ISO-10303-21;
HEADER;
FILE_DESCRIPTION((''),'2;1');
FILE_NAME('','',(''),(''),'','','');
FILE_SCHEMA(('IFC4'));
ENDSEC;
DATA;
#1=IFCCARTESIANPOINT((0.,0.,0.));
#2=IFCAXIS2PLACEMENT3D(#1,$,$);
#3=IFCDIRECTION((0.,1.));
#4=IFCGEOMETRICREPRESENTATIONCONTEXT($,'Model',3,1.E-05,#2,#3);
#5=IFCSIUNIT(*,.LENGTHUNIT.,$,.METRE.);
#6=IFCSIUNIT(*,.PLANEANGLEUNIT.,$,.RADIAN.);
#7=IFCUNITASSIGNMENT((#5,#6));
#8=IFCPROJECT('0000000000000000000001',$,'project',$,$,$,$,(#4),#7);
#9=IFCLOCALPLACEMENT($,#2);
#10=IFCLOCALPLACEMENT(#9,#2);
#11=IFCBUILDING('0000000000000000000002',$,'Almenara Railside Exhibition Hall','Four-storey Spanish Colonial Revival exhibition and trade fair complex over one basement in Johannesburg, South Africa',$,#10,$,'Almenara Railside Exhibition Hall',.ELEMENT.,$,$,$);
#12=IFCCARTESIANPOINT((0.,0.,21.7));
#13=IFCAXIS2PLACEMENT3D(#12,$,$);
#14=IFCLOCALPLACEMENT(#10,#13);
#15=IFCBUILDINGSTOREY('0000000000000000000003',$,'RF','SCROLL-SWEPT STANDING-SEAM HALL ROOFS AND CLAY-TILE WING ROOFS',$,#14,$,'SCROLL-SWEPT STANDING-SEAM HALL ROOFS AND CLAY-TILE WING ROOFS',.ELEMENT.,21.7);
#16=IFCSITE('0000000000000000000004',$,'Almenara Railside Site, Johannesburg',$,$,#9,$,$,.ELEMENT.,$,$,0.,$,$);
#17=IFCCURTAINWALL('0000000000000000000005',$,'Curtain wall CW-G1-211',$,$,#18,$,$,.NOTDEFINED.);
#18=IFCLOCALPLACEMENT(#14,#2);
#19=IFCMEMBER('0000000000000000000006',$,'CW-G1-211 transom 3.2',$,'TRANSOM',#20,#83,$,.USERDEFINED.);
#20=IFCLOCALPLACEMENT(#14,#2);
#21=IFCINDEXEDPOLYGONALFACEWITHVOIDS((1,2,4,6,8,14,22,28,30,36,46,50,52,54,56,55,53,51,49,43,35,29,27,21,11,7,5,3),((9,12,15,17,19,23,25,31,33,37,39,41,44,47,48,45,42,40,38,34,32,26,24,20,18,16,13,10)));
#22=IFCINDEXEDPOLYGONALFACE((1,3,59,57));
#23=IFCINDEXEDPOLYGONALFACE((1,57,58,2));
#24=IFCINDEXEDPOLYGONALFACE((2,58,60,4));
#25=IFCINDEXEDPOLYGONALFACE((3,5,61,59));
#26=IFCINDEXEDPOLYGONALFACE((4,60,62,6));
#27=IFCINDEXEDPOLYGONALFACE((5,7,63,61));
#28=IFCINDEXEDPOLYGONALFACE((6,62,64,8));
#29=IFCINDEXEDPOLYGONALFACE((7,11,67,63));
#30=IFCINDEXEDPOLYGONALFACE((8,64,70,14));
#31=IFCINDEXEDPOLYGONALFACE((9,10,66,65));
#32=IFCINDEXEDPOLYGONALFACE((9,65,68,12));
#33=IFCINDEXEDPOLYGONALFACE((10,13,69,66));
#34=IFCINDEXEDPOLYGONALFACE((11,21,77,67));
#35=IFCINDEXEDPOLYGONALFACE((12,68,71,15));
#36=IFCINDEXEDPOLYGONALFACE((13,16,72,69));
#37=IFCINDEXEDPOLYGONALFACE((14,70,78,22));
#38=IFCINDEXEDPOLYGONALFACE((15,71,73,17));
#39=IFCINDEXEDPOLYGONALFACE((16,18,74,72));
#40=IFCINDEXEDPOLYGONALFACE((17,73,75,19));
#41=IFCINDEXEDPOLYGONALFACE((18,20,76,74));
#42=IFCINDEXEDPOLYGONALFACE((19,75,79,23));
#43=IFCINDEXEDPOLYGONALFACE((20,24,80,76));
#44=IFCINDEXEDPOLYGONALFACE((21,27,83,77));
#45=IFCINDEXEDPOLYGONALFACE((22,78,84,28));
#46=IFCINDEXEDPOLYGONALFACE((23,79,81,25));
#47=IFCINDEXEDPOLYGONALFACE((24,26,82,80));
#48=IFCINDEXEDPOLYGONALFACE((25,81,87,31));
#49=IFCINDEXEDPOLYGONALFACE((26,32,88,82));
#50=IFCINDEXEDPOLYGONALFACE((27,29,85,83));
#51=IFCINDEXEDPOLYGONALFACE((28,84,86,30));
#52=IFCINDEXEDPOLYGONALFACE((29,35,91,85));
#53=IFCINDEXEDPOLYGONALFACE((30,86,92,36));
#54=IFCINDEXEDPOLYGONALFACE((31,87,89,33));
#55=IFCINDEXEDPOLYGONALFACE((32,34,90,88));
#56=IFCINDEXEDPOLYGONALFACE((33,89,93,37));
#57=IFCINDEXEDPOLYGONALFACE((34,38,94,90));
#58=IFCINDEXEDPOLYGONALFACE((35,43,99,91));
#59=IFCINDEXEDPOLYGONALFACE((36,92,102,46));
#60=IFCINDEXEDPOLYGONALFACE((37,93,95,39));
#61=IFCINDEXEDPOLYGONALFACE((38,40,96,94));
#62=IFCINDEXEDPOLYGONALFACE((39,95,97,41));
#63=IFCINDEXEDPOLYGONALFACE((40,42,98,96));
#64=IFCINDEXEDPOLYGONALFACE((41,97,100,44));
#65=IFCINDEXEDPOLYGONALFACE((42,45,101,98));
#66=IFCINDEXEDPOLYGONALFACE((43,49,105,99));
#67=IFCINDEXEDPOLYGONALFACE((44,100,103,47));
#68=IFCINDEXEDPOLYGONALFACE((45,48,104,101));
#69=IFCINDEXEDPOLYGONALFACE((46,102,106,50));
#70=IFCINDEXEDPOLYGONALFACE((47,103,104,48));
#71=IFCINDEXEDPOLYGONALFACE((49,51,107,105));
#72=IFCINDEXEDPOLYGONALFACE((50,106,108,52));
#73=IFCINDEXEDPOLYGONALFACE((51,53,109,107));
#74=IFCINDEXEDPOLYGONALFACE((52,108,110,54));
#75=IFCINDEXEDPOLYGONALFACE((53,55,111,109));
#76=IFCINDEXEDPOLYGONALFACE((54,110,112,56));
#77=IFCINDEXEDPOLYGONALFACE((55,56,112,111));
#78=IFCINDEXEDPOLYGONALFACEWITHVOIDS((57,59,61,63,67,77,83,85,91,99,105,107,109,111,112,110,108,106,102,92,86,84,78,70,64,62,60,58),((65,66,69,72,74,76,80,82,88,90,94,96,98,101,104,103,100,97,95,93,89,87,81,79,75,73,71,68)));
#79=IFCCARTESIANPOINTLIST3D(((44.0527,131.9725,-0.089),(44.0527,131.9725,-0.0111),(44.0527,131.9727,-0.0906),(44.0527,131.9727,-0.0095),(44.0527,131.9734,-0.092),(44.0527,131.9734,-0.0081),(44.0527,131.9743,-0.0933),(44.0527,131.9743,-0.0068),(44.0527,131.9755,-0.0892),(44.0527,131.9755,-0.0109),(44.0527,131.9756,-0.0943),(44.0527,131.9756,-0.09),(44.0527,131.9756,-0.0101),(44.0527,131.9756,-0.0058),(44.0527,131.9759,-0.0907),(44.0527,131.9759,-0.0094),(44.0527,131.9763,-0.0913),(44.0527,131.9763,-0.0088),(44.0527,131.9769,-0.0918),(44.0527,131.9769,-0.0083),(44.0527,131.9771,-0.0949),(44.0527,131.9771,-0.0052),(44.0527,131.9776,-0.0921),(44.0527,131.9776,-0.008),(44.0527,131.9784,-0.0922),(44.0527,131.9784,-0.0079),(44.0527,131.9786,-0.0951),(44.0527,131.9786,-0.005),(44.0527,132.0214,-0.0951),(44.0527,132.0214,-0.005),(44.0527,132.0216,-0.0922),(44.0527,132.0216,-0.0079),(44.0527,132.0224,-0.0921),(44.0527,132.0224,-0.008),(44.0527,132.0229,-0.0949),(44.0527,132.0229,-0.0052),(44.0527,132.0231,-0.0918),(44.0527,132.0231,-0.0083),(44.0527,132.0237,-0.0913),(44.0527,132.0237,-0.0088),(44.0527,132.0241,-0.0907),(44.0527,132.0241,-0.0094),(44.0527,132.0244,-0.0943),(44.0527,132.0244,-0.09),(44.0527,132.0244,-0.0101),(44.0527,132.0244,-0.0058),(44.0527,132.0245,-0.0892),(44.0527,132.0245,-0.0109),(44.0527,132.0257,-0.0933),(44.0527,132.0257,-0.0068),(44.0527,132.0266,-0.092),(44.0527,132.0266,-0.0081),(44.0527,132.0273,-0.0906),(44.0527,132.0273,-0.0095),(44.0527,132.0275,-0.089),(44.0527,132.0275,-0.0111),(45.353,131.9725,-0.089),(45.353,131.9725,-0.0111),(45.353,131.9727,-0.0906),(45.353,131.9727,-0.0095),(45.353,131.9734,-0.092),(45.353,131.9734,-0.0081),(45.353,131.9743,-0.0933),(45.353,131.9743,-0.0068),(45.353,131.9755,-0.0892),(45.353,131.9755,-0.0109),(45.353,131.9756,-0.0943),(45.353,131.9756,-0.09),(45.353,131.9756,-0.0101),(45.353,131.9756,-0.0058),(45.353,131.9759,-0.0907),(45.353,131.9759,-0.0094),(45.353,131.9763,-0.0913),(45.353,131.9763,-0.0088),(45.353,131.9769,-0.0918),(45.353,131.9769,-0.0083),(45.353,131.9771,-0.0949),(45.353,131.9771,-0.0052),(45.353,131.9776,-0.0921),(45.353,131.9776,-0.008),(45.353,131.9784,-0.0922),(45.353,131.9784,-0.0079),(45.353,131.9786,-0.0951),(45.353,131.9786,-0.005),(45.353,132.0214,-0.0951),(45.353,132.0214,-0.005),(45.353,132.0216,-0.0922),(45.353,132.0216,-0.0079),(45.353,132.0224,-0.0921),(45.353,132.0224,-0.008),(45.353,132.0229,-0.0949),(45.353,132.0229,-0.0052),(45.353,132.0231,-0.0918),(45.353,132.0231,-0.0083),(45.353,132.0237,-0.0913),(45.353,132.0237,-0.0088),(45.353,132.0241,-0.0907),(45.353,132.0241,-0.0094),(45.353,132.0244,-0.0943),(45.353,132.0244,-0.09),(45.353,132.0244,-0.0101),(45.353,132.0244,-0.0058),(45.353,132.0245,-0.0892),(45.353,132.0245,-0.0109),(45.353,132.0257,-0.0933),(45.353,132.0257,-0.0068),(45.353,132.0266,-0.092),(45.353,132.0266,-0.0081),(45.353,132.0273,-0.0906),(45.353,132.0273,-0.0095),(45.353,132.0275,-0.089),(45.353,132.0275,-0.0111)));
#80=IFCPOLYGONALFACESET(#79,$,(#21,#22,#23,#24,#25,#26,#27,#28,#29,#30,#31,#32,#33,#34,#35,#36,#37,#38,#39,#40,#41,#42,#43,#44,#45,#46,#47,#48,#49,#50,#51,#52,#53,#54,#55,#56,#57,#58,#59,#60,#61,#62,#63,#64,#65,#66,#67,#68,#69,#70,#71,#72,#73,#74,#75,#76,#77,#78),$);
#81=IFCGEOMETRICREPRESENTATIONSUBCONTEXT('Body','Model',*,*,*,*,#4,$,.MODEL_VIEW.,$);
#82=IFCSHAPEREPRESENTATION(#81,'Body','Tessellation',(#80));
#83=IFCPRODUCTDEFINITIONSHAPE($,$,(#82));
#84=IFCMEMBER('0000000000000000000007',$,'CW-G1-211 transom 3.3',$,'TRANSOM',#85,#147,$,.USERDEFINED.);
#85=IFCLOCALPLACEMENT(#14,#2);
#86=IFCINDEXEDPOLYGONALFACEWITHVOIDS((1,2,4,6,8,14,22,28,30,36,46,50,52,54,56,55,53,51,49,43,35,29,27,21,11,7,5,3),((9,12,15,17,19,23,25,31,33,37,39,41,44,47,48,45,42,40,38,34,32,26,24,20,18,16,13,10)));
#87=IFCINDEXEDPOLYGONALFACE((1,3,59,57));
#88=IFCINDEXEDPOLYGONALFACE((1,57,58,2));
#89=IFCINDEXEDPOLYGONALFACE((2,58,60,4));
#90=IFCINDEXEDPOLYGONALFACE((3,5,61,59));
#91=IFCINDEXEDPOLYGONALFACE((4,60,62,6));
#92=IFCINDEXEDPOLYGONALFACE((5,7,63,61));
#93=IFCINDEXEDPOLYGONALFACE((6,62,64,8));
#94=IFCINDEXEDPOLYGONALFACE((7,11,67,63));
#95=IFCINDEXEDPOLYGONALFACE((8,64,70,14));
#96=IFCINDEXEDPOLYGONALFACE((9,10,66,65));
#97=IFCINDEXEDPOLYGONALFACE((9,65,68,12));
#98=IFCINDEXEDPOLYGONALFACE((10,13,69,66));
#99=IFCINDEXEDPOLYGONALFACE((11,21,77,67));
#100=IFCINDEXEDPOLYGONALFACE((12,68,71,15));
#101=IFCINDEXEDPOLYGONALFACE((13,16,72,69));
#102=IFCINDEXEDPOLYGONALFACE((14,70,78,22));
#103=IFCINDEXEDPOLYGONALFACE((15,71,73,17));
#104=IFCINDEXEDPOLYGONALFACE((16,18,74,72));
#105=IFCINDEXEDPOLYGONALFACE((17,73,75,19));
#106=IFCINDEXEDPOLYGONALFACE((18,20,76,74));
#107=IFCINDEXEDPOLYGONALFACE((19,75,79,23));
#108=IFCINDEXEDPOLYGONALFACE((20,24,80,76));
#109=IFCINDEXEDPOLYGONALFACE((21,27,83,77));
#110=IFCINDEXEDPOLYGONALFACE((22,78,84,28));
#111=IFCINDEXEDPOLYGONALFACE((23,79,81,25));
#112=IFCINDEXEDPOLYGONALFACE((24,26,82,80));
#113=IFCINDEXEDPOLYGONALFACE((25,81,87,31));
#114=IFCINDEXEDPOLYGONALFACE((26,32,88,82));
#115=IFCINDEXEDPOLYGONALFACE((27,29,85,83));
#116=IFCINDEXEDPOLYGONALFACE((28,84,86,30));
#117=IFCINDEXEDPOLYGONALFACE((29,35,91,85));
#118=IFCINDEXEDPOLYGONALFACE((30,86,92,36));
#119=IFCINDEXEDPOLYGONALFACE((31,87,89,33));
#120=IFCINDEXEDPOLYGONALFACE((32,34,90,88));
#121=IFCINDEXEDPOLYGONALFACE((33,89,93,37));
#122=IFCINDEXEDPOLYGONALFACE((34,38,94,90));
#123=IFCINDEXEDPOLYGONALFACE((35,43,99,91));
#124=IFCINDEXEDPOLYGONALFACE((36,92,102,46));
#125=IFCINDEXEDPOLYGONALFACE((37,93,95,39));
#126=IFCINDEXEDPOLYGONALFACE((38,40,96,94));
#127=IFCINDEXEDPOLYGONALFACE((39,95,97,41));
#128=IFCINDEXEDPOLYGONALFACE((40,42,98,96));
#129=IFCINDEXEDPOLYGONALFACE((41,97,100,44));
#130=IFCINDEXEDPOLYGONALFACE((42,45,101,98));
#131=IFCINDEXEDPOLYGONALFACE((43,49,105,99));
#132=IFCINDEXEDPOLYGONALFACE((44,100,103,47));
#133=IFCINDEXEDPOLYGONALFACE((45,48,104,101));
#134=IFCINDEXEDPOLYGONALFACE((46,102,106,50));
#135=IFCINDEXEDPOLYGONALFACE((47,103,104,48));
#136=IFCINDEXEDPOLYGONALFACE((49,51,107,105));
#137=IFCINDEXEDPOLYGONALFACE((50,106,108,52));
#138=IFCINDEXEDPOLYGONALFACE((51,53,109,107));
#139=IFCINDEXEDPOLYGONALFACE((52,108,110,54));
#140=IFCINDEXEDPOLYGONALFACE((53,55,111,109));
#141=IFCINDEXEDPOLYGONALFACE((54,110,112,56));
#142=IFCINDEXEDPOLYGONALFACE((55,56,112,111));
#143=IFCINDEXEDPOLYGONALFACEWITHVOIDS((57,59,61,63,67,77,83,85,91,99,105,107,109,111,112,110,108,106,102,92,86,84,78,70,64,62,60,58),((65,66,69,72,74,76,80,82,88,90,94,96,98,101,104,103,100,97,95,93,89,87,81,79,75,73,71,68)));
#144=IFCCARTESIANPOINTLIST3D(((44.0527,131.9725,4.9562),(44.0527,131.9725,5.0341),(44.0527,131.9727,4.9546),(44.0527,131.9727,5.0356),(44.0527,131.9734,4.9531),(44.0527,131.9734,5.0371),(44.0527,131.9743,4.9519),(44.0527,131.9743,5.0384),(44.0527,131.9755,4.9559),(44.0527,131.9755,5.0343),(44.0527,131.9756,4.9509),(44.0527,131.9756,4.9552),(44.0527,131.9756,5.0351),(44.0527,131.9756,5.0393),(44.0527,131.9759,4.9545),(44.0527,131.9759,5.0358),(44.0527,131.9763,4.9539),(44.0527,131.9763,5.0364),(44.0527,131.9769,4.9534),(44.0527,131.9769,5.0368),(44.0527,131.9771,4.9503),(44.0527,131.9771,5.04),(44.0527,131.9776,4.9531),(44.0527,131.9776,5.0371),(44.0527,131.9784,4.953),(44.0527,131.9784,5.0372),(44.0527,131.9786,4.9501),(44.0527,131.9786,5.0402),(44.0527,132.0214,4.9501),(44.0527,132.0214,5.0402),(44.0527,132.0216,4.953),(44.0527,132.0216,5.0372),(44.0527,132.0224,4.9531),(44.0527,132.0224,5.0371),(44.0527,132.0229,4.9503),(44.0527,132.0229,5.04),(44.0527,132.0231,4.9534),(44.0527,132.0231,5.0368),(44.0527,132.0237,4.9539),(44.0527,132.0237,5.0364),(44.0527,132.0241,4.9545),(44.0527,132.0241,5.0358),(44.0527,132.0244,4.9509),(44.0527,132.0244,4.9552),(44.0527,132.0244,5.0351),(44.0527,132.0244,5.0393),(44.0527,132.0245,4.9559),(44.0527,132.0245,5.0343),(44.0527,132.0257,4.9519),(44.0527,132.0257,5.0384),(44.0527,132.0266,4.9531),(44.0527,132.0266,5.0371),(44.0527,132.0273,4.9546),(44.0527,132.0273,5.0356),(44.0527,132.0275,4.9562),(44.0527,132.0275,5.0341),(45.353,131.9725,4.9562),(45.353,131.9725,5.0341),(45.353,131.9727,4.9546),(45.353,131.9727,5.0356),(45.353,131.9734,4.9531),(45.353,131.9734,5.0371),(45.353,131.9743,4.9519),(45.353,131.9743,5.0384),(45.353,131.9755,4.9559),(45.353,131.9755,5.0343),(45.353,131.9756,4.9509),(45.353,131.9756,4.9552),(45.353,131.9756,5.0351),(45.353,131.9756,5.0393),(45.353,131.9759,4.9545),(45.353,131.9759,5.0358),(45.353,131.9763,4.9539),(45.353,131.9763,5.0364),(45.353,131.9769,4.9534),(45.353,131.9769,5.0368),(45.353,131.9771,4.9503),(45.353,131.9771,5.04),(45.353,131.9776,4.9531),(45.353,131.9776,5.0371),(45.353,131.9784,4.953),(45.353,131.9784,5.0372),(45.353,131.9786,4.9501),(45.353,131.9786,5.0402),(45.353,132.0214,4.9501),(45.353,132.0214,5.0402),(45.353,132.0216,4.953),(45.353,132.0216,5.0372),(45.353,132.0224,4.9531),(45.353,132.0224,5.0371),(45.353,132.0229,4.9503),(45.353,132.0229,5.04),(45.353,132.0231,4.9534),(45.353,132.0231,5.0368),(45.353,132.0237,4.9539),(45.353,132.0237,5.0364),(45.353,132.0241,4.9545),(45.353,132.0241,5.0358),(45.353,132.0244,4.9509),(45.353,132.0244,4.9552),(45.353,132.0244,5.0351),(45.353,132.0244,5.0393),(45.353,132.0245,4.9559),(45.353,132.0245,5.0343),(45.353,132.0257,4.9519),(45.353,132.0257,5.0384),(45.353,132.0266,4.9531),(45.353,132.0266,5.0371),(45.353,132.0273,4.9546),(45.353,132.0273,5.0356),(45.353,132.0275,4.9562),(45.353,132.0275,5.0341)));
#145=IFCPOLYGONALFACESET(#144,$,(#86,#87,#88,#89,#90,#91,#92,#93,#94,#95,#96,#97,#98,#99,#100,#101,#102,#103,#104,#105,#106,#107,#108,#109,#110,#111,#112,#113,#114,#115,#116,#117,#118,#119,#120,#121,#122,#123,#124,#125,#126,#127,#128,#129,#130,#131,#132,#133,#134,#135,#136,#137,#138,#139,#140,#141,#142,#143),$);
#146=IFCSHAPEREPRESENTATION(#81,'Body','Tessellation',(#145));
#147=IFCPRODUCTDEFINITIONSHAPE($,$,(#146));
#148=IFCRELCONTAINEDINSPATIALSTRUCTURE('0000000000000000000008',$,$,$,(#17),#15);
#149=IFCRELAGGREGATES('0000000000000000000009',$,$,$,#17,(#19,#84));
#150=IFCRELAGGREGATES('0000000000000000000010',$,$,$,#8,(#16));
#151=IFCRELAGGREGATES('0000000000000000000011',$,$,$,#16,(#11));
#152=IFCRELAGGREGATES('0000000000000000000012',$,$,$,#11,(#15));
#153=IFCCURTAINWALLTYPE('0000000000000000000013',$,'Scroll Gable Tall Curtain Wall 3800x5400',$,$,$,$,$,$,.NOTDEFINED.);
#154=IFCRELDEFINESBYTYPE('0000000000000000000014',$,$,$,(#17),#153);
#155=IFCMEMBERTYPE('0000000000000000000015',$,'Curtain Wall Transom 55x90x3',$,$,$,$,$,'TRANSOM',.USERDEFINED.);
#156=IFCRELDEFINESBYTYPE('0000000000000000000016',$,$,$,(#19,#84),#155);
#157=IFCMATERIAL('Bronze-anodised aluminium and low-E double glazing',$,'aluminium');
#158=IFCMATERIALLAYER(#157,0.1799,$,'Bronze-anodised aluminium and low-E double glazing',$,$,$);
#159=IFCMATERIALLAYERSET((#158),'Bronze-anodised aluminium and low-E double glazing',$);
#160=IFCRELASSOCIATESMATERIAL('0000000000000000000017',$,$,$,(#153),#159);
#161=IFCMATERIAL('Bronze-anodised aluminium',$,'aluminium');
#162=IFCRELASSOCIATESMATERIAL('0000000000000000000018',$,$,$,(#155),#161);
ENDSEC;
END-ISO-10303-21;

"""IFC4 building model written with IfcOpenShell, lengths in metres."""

from ifc_helpers import new_model, si_unit, direction, frame, origin, origin_2d, place, context, subcontext, project, spatial, hollow_rectangle, extrude, material, layer, layer_set, material_profile, profile_set, type_object, element, aggregate, save


model = new_model("IFC4")

# Units and contexts
model_context = context("Model", 3, precision=1e-05, world=origin(), true_north=direction((0.0, 1.0)))
body_context = subcontext(model_context, "Body", "Model", "MODEL_VIEW")
ifc_project = project(units=[si_unit("LENGTHUNIT", "METRE"), si_unit("PLANEANGLEUNIT", "RADIAN")], contexts=[model_context])

# Site, building, storey
site_placement = place(None, origin())
site = spatial("IfcSite", under=ifc_project, at=site_placement, Name="Almenara Railside Site, Johannesburg", CompositionType="ELEMENT", RefElevation=0.0)
building_placement = place(site_placement, origin())
building = spatial("IfcBuilding", under=site, at=building_placement, Name="Almenara Railside Exhibition Hall", Description="Four-storey Spanish Colonial Revival exhibition and trade fair complex over one basement in Johannesburg, South Africa", LongName="Almenara Railside Exhibition Hall", CompositionType="ELEMENT")
storey_placement = place(building_placement, frame((0.0, 0.0, 21.7)))
storey = spatial("IfcBuildingStorey", under=building, at=storey_placement, Name="RF", Description="SCROLL-SWEPT STANDING-SEAM HALL ROOFS AND CLAY-TILE WING ROOFS", LongName="SCROLL-SWEPT STANDING-SEAM HALL ROOFS AND CLAY-TILE WING ROOFS", CompositionType="ELEMENT", Elevation=21.7)

# Curtain wall
ifc_material_1 = material(Name="Bronze-anodised aluminium and low-E double glazing", Category="aluminium")
ifc_layer_1 = layer(ifc_material_1, 0.1799, Name="Bronze-anodised aluminium and low-E double glazing")
ifc_layer_set_1 = layer_set([ifc_layer_1], Name="Bronze-anodised aluminium and low-E double glazing")
curtain_wall_type = type_object("IfcCurtainWallType", Name="Scroll Gable Tall Curtain Wall 3800x5400", PredefinedType="NOTDEFINED", material=ifc_layer_set_1)
curtain_wall_1_placement = place(storey_placement, origin())
curtain_wall_1 = element("IfcCurtainWall", 1, at=curtain_wall_1_placement, inside=storey, type_object=curtain_wall_type, Name="Curtain wall CW-G1-211", PredefinedType="NOTDEFINED")
ifc_material_2 = material(Name="Bronze-anodised aluminium", Category="aluminium")

# Members
ifc_material_profile_1 = material_profile(ifc_material_2, hollow_rectangle(XDim=0.0549, YDim=0.0901, WallThickness=0.0029, InnerFilletRadius=0.0029, OuterFilletRadius=0.0061, at=origin_2d()), Name="ALU-TRN 55x90x3")
ifc_profile_set_1 = profile_set([ifc_material_profile_1], Name="Bronze-anodised aluminium")
member_type_1 = type_object("IfcMemberType", Name="Curtain Wall Transom 55x90x3", ElementType="TRANSOM", PredefinedType="USERDEFINED", material=ifc_profile_set_1)
member_1_placement = place(storey_placement, frame((44.0527, 132.0, -0.05), z_axis=(1.0, 0.0, 0.0), x_axis=(0.0, 1.0, 0.0)))
member_1 = element("IfcMember", 2, at=member_1_placement, type_object=member_type_1, Name="CW-G1-211 transom 3.2", ObjectType="TRANSOM", PredefinedType="USERDEFINED", context=body_context, shape_type="SweptSolid", body=[
    extrude(hollow_rectangle(XDim=0.0549, YDim=0.0901, WallThickness=0.0029, InnerFilletRadius=0.0029, OuterFilletRadius=0.0061, at=origin_2d()), origin(), (0.0, 0.0, 1.0), 1.3003),
])
member_2_placement = place(storey_placement, frame((44.0527, 132.0, 4.9951), z_axis=(1.0, 0.0, 0.0), x_axis=(0.0, 1.0, 0.0)))
member_2 = element("IfcMember", 3, at=member_2_placement, type_object=member_type_1, Name="CW-G1-211 transom 3.3", ObjectType="TRANSOM", PredefinedType="USERDEFINED", context=body_context, shape_type="SweptSolid", body=[
    extrude(hollow_rectangle(XDim=0.0549, YDim=0.0901, WallThickness=0.0029, InnerFilletRadius=0.0029, OuterFilletRadius=0.0061, at=origin_2d()), origin(), (0.0, 0.0, 1.0), 1.3003),
])

aggregate(curtain_wall_1, [member_1, member_2])

save(model, "model.ifc")
